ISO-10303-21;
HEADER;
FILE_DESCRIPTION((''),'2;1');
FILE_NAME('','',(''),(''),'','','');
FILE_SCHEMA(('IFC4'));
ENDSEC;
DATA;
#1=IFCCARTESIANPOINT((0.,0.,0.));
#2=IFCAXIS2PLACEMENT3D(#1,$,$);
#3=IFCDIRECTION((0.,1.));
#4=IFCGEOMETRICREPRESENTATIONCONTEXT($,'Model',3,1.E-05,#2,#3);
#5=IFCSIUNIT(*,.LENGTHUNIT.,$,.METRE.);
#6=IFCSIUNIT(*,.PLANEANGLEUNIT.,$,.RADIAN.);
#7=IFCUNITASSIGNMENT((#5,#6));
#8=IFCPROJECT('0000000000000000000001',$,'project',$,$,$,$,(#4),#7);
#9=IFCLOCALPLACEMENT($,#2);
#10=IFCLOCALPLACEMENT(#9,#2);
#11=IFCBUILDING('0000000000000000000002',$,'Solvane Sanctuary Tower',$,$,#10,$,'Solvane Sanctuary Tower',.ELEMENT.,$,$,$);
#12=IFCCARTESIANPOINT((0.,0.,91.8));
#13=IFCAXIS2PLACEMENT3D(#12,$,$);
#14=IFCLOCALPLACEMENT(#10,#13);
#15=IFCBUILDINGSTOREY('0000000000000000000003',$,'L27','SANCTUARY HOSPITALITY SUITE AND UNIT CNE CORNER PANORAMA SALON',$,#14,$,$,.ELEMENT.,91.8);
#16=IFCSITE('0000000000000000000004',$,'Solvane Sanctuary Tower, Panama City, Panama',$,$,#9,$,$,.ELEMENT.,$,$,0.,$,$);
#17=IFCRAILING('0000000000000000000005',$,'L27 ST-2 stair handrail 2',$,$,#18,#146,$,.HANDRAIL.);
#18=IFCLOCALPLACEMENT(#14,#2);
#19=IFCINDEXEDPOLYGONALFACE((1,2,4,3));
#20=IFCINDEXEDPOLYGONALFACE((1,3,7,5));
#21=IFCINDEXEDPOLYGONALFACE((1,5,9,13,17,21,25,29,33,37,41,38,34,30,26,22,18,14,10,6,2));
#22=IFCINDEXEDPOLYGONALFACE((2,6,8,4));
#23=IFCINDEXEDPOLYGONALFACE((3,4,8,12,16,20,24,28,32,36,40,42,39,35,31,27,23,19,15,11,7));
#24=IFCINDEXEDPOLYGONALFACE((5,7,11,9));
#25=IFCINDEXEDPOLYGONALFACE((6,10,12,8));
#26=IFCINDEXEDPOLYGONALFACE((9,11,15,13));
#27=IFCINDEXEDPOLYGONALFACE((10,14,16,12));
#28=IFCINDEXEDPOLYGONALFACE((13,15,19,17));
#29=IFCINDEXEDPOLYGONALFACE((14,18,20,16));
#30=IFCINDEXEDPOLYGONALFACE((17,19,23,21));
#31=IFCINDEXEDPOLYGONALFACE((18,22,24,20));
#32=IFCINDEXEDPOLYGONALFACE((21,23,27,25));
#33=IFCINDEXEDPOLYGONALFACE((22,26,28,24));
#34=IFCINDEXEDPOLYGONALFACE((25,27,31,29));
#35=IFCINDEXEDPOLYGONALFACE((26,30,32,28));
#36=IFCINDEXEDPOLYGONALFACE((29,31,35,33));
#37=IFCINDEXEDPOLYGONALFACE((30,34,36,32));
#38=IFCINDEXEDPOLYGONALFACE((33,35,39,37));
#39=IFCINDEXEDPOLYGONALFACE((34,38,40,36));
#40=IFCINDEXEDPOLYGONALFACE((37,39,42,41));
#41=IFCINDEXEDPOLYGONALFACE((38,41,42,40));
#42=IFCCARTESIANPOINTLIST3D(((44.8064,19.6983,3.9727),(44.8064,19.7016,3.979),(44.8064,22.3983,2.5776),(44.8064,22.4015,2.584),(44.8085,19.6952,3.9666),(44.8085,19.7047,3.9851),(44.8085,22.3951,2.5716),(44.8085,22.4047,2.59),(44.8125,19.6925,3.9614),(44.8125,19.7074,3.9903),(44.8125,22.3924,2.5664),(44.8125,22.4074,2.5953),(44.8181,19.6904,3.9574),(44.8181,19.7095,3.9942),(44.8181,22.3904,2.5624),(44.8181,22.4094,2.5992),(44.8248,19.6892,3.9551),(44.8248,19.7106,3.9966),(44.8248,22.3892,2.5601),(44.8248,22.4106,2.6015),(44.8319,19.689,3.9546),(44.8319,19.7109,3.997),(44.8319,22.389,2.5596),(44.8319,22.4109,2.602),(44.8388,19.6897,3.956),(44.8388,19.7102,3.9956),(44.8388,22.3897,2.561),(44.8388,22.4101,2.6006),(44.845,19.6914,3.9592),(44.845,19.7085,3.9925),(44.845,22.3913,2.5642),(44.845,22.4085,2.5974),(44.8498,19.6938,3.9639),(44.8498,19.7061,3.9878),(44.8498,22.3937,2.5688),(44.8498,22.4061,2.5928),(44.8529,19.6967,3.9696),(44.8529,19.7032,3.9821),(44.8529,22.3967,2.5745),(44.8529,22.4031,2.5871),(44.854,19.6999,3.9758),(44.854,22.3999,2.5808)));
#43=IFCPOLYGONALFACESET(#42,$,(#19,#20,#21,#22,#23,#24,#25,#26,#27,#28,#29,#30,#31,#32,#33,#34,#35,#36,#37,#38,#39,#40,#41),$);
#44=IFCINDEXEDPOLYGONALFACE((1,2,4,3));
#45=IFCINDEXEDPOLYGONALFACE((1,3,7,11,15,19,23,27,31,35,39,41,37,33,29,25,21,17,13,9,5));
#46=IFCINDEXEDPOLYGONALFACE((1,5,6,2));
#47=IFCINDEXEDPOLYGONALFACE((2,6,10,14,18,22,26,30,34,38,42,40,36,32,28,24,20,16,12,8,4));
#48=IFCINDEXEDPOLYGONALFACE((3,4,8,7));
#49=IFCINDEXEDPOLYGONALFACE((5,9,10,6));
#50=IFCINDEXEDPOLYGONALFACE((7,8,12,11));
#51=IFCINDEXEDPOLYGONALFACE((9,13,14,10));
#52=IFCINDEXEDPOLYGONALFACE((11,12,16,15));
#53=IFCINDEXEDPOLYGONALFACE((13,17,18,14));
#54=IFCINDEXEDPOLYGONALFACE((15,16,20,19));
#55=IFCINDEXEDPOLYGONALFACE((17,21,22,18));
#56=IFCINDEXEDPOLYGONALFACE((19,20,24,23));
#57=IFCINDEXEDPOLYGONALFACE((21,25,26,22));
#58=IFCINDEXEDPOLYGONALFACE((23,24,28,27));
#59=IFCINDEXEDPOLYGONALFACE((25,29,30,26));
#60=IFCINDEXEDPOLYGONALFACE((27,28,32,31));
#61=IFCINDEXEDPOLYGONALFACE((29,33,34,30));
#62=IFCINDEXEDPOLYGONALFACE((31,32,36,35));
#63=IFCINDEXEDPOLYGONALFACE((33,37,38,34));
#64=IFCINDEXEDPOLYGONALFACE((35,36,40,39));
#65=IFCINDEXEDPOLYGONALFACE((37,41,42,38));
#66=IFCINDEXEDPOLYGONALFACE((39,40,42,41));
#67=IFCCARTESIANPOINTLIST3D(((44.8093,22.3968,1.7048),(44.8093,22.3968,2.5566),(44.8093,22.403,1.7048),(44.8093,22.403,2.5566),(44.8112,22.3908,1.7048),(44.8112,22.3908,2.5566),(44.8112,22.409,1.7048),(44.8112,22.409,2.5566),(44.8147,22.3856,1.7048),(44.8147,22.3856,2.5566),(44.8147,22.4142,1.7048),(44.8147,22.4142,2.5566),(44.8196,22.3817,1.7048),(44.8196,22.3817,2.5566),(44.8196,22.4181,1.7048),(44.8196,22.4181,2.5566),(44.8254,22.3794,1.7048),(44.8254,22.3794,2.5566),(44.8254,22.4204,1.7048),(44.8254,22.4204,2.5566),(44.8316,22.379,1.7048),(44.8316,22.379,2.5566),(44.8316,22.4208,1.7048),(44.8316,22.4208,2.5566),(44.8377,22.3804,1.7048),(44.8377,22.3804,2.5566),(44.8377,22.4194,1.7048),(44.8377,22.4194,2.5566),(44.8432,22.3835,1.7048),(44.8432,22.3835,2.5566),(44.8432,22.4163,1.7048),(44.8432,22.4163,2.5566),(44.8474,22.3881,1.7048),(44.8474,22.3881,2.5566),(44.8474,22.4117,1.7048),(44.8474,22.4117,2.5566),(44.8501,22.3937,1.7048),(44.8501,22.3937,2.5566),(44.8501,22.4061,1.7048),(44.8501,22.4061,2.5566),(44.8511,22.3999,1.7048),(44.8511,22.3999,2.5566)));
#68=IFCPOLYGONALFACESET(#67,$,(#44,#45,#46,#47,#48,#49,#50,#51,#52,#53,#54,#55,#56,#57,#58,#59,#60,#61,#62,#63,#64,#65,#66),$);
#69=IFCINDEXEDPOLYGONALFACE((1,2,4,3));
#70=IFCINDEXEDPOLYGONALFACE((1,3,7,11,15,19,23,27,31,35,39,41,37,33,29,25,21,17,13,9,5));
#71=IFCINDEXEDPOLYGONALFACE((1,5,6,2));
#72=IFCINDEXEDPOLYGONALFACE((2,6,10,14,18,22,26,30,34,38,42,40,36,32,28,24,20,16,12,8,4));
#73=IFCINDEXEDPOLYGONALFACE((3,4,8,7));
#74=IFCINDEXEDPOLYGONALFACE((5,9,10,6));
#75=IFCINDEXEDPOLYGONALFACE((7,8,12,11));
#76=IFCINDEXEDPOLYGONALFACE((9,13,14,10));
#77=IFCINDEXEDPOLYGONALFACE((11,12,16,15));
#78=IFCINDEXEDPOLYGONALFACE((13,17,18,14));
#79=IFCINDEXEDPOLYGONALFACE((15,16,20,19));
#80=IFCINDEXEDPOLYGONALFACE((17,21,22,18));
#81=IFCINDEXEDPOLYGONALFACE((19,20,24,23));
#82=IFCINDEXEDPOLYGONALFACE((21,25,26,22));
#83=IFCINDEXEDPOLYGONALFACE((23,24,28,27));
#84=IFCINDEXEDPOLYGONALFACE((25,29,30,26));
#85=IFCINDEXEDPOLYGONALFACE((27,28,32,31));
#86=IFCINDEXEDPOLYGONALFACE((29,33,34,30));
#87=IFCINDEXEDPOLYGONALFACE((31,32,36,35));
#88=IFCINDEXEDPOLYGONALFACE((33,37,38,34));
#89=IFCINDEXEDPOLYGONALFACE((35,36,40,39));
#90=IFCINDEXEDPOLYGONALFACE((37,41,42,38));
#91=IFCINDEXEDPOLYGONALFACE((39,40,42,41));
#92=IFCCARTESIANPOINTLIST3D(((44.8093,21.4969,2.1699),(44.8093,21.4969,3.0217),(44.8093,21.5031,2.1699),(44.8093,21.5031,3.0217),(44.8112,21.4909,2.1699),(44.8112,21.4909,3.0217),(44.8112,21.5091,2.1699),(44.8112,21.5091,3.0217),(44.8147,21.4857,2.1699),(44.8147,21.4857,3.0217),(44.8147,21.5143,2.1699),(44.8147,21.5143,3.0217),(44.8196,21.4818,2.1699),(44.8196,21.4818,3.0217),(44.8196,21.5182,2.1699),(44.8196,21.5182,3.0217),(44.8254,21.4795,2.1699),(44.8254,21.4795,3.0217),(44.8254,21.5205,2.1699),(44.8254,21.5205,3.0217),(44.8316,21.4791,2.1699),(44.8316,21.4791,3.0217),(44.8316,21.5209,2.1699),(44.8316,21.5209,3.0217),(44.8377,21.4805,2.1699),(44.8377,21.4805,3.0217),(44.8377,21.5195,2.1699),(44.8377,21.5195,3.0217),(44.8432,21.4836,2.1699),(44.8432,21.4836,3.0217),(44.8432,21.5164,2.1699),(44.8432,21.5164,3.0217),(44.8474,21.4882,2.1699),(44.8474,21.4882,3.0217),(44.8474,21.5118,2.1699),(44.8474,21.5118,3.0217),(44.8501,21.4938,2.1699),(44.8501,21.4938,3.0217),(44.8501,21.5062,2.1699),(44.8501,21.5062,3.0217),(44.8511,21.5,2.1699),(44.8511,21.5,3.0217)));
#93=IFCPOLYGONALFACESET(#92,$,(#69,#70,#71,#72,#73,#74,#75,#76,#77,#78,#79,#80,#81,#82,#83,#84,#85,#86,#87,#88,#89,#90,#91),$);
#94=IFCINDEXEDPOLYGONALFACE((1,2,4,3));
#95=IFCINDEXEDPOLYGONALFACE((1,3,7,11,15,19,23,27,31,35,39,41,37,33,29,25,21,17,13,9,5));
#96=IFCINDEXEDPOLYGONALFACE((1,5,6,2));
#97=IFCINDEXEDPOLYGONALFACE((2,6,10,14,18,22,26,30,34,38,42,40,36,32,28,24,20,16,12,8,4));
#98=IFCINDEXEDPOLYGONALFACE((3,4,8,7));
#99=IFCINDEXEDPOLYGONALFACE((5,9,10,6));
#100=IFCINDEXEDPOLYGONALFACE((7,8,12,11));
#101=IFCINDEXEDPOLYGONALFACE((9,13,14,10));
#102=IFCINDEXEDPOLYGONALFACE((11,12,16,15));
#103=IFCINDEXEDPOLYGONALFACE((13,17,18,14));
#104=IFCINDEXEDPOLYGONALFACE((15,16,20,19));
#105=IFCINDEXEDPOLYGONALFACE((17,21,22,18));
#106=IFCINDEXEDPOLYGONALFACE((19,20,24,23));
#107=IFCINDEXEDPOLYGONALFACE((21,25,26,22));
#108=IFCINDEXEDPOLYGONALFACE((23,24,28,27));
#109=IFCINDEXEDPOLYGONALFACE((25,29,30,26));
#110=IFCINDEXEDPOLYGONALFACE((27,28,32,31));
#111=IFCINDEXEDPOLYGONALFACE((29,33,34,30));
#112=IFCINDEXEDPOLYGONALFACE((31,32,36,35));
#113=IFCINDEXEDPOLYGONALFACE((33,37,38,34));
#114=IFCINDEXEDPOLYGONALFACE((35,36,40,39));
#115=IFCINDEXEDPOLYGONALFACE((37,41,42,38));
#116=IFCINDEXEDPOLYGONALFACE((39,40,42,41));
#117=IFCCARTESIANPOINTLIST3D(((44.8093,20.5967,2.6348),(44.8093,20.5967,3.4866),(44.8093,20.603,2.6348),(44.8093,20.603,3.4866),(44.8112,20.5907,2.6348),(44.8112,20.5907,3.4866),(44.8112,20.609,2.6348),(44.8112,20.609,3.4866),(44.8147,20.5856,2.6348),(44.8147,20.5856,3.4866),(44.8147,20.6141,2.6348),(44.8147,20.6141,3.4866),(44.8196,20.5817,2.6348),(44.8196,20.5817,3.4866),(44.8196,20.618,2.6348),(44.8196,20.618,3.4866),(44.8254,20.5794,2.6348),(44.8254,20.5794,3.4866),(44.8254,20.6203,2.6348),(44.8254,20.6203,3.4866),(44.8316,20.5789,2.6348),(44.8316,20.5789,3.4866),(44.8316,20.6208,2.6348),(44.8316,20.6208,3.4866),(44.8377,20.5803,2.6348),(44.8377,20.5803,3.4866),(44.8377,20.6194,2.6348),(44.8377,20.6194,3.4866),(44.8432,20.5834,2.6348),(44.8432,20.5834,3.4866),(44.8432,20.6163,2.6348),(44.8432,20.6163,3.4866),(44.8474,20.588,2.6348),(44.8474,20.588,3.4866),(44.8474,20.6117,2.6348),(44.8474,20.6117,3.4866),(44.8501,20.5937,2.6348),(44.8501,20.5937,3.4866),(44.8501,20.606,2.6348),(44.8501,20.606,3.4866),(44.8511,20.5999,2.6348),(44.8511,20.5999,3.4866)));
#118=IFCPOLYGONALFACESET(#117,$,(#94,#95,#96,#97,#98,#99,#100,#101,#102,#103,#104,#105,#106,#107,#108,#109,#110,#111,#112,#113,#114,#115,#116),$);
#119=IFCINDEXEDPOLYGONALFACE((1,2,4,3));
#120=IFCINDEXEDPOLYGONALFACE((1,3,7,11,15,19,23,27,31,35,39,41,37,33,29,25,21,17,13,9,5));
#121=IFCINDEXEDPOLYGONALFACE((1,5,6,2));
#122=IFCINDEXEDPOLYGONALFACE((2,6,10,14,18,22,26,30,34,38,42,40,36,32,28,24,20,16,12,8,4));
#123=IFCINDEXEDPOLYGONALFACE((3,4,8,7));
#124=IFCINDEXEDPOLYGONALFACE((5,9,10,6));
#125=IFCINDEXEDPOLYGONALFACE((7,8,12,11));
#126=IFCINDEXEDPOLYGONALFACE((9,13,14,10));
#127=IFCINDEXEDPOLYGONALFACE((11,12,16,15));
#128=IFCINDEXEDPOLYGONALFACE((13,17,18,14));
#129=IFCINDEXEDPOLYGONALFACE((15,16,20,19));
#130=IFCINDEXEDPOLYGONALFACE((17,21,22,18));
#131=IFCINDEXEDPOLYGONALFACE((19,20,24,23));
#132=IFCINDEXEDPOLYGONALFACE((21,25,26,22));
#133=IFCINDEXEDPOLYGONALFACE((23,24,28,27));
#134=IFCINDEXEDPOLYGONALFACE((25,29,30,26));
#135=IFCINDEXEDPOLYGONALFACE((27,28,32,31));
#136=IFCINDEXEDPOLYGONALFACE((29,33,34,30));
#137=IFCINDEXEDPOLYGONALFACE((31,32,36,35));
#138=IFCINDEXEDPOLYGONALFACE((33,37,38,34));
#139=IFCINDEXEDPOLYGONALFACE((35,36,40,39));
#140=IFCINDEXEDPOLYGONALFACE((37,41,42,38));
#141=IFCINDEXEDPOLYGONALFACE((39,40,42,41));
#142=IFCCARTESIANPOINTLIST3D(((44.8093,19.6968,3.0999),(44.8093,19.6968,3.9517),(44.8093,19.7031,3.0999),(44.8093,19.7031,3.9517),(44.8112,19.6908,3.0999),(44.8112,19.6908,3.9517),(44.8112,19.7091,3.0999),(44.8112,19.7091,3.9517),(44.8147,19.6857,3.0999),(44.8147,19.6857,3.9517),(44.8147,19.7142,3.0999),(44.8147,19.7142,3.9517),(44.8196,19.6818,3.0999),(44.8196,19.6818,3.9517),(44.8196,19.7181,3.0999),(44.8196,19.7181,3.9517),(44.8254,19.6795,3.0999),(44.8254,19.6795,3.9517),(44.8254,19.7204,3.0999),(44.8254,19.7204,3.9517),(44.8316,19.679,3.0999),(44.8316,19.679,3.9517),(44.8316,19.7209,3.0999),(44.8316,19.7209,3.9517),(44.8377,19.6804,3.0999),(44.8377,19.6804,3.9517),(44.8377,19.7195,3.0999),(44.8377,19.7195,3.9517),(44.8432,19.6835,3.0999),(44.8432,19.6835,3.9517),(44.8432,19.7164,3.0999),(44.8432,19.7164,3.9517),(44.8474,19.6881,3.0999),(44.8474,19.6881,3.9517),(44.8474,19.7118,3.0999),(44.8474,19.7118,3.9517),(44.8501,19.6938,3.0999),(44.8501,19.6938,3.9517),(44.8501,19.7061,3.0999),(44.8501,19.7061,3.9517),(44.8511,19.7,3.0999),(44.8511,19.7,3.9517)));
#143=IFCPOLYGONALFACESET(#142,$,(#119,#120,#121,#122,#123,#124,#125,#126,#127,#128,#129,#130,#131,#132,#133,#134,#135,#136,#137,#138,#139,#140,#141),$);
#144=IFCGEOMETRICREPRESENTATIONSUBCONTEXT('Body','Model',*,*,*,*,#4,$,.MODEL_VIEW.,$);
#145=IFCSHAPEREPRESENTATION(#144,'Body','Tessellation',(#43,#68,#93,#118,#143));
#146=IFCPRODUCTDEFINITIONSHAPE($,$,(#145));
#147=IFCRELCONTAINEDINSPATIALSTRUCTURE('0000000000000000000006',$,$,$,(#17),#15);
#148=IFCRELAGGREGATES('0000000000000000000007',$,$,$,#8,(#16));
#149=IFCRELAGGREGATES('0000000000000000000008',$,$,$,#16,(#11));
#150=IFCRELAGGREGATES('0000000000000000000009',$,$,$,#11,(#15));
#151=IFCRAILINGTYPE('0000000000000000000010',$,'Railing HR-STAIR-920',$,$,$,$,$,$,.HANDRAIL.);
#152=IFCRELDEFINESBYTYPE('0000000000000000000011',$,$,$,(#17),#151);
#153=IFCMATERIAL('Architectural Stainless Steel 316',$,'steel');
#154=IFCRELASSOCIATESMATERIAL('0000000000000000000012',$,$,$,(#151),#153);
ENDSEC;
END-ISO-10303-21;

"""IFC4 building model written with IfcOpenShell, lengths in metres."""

from ifc_helpers import new_model, si_unit, direction, frame, origin, origin_2d, place, context, subcontext, project, spatial, circle, extrude, material, type_object, element, save


model = new_model("IFC4")

# Units and contexts
model_context = context("Model", 3, precision=1e-05, world=origin(), true_north=direction((0.0, 1.0)))
body_context = subcontext(model_context, "Body", "Model", "MODEL_VIEW")
ifc_project = project(units=[si_unit("LENGTHUNIT", "METRE"), si_unit("PLANEANGLEUNIT", "RADIAN")], contexts=[model_context])

# Site, building, storey
site_placement = place(None, origin())
site = spatial("IfcSite", under=ifc_project, at=site_placement, Name="Solvane Sanctuary Tower, Panama City, Panama", CompositionType="ELEMENT", RefElevation=0.0)
building_placement = place(site_placement, origin())
building = spatial("IfcBuilding", under=site, at=building_placement, Name="Solvane Sanctuary Tower", LongName="Solvane Sanctuary Tower", CompositionType="ELEMENT")
storey_placement = place(building_placement, frame((0.0, 0.0, 91.8)))
storey = spatial("IfcBuildingStorey", under=building, at=storey_placement, Name="L27", Description="SANCTUARY HOSPITALITY SUITE AND UNIT CNE CORNER PANORAMA SALON", CompositionType="ELEMENT", Elevation=91.8)

# Shared definitions
ifc_material_1 = material(Name="Architectural Stainless Steel 316", Category="steel")

# Railing
railing_type_1 = type_object("IfcRailingType", Name="Railing HR-STAIR-920", PredefinedType="HANDRAIL", material=ifc_material_1)
railing_1_placement = place(storey_placement, frame((44.8301, 22.3999, 1.7048)))
element("IfcRailing", 1, at=railing_1_placement, inside=storey, type_object=railing_type_1, Name="L27 ST-2 stair handrail 2", PredefinedType="HANDRAIL", context=body_context, shape_type="SweptSolid", body=[
    extrude(circle(Radius=0.0239, at=origin_2d()), frame((0.0, 0.0, 0.876), z_axis=(0.0, -0.88842, 0.459032), x_axis=(1.0, 0.0, 0.0)), (0.0, 0.0, 1.0), 3.0391),
    extrude(circle(Radius=0.021, at=origin_2d()), origin(), (0.0, 0.0, 1.0), 0.8518),
    extrude(circle(Radius=0.021, at=origin_2d()), frame((0.0, -0.8999, 0.4651)), (0.0, 0.0, 1.0), 0.8518),
    extrude(circle(Radius=0.021, at=origin_2d()), frame((0.0, -1.8, 0.9299)), (0.0, 0.0, 1.0), 0.8518),
    extrude(circle(Radius=0.021, at=origin_2d()), frame((0.0, -2.7, 1.395)), (0.0, 0.0, 1.0), 0.8518),
])

save(model, "model.ifc")
